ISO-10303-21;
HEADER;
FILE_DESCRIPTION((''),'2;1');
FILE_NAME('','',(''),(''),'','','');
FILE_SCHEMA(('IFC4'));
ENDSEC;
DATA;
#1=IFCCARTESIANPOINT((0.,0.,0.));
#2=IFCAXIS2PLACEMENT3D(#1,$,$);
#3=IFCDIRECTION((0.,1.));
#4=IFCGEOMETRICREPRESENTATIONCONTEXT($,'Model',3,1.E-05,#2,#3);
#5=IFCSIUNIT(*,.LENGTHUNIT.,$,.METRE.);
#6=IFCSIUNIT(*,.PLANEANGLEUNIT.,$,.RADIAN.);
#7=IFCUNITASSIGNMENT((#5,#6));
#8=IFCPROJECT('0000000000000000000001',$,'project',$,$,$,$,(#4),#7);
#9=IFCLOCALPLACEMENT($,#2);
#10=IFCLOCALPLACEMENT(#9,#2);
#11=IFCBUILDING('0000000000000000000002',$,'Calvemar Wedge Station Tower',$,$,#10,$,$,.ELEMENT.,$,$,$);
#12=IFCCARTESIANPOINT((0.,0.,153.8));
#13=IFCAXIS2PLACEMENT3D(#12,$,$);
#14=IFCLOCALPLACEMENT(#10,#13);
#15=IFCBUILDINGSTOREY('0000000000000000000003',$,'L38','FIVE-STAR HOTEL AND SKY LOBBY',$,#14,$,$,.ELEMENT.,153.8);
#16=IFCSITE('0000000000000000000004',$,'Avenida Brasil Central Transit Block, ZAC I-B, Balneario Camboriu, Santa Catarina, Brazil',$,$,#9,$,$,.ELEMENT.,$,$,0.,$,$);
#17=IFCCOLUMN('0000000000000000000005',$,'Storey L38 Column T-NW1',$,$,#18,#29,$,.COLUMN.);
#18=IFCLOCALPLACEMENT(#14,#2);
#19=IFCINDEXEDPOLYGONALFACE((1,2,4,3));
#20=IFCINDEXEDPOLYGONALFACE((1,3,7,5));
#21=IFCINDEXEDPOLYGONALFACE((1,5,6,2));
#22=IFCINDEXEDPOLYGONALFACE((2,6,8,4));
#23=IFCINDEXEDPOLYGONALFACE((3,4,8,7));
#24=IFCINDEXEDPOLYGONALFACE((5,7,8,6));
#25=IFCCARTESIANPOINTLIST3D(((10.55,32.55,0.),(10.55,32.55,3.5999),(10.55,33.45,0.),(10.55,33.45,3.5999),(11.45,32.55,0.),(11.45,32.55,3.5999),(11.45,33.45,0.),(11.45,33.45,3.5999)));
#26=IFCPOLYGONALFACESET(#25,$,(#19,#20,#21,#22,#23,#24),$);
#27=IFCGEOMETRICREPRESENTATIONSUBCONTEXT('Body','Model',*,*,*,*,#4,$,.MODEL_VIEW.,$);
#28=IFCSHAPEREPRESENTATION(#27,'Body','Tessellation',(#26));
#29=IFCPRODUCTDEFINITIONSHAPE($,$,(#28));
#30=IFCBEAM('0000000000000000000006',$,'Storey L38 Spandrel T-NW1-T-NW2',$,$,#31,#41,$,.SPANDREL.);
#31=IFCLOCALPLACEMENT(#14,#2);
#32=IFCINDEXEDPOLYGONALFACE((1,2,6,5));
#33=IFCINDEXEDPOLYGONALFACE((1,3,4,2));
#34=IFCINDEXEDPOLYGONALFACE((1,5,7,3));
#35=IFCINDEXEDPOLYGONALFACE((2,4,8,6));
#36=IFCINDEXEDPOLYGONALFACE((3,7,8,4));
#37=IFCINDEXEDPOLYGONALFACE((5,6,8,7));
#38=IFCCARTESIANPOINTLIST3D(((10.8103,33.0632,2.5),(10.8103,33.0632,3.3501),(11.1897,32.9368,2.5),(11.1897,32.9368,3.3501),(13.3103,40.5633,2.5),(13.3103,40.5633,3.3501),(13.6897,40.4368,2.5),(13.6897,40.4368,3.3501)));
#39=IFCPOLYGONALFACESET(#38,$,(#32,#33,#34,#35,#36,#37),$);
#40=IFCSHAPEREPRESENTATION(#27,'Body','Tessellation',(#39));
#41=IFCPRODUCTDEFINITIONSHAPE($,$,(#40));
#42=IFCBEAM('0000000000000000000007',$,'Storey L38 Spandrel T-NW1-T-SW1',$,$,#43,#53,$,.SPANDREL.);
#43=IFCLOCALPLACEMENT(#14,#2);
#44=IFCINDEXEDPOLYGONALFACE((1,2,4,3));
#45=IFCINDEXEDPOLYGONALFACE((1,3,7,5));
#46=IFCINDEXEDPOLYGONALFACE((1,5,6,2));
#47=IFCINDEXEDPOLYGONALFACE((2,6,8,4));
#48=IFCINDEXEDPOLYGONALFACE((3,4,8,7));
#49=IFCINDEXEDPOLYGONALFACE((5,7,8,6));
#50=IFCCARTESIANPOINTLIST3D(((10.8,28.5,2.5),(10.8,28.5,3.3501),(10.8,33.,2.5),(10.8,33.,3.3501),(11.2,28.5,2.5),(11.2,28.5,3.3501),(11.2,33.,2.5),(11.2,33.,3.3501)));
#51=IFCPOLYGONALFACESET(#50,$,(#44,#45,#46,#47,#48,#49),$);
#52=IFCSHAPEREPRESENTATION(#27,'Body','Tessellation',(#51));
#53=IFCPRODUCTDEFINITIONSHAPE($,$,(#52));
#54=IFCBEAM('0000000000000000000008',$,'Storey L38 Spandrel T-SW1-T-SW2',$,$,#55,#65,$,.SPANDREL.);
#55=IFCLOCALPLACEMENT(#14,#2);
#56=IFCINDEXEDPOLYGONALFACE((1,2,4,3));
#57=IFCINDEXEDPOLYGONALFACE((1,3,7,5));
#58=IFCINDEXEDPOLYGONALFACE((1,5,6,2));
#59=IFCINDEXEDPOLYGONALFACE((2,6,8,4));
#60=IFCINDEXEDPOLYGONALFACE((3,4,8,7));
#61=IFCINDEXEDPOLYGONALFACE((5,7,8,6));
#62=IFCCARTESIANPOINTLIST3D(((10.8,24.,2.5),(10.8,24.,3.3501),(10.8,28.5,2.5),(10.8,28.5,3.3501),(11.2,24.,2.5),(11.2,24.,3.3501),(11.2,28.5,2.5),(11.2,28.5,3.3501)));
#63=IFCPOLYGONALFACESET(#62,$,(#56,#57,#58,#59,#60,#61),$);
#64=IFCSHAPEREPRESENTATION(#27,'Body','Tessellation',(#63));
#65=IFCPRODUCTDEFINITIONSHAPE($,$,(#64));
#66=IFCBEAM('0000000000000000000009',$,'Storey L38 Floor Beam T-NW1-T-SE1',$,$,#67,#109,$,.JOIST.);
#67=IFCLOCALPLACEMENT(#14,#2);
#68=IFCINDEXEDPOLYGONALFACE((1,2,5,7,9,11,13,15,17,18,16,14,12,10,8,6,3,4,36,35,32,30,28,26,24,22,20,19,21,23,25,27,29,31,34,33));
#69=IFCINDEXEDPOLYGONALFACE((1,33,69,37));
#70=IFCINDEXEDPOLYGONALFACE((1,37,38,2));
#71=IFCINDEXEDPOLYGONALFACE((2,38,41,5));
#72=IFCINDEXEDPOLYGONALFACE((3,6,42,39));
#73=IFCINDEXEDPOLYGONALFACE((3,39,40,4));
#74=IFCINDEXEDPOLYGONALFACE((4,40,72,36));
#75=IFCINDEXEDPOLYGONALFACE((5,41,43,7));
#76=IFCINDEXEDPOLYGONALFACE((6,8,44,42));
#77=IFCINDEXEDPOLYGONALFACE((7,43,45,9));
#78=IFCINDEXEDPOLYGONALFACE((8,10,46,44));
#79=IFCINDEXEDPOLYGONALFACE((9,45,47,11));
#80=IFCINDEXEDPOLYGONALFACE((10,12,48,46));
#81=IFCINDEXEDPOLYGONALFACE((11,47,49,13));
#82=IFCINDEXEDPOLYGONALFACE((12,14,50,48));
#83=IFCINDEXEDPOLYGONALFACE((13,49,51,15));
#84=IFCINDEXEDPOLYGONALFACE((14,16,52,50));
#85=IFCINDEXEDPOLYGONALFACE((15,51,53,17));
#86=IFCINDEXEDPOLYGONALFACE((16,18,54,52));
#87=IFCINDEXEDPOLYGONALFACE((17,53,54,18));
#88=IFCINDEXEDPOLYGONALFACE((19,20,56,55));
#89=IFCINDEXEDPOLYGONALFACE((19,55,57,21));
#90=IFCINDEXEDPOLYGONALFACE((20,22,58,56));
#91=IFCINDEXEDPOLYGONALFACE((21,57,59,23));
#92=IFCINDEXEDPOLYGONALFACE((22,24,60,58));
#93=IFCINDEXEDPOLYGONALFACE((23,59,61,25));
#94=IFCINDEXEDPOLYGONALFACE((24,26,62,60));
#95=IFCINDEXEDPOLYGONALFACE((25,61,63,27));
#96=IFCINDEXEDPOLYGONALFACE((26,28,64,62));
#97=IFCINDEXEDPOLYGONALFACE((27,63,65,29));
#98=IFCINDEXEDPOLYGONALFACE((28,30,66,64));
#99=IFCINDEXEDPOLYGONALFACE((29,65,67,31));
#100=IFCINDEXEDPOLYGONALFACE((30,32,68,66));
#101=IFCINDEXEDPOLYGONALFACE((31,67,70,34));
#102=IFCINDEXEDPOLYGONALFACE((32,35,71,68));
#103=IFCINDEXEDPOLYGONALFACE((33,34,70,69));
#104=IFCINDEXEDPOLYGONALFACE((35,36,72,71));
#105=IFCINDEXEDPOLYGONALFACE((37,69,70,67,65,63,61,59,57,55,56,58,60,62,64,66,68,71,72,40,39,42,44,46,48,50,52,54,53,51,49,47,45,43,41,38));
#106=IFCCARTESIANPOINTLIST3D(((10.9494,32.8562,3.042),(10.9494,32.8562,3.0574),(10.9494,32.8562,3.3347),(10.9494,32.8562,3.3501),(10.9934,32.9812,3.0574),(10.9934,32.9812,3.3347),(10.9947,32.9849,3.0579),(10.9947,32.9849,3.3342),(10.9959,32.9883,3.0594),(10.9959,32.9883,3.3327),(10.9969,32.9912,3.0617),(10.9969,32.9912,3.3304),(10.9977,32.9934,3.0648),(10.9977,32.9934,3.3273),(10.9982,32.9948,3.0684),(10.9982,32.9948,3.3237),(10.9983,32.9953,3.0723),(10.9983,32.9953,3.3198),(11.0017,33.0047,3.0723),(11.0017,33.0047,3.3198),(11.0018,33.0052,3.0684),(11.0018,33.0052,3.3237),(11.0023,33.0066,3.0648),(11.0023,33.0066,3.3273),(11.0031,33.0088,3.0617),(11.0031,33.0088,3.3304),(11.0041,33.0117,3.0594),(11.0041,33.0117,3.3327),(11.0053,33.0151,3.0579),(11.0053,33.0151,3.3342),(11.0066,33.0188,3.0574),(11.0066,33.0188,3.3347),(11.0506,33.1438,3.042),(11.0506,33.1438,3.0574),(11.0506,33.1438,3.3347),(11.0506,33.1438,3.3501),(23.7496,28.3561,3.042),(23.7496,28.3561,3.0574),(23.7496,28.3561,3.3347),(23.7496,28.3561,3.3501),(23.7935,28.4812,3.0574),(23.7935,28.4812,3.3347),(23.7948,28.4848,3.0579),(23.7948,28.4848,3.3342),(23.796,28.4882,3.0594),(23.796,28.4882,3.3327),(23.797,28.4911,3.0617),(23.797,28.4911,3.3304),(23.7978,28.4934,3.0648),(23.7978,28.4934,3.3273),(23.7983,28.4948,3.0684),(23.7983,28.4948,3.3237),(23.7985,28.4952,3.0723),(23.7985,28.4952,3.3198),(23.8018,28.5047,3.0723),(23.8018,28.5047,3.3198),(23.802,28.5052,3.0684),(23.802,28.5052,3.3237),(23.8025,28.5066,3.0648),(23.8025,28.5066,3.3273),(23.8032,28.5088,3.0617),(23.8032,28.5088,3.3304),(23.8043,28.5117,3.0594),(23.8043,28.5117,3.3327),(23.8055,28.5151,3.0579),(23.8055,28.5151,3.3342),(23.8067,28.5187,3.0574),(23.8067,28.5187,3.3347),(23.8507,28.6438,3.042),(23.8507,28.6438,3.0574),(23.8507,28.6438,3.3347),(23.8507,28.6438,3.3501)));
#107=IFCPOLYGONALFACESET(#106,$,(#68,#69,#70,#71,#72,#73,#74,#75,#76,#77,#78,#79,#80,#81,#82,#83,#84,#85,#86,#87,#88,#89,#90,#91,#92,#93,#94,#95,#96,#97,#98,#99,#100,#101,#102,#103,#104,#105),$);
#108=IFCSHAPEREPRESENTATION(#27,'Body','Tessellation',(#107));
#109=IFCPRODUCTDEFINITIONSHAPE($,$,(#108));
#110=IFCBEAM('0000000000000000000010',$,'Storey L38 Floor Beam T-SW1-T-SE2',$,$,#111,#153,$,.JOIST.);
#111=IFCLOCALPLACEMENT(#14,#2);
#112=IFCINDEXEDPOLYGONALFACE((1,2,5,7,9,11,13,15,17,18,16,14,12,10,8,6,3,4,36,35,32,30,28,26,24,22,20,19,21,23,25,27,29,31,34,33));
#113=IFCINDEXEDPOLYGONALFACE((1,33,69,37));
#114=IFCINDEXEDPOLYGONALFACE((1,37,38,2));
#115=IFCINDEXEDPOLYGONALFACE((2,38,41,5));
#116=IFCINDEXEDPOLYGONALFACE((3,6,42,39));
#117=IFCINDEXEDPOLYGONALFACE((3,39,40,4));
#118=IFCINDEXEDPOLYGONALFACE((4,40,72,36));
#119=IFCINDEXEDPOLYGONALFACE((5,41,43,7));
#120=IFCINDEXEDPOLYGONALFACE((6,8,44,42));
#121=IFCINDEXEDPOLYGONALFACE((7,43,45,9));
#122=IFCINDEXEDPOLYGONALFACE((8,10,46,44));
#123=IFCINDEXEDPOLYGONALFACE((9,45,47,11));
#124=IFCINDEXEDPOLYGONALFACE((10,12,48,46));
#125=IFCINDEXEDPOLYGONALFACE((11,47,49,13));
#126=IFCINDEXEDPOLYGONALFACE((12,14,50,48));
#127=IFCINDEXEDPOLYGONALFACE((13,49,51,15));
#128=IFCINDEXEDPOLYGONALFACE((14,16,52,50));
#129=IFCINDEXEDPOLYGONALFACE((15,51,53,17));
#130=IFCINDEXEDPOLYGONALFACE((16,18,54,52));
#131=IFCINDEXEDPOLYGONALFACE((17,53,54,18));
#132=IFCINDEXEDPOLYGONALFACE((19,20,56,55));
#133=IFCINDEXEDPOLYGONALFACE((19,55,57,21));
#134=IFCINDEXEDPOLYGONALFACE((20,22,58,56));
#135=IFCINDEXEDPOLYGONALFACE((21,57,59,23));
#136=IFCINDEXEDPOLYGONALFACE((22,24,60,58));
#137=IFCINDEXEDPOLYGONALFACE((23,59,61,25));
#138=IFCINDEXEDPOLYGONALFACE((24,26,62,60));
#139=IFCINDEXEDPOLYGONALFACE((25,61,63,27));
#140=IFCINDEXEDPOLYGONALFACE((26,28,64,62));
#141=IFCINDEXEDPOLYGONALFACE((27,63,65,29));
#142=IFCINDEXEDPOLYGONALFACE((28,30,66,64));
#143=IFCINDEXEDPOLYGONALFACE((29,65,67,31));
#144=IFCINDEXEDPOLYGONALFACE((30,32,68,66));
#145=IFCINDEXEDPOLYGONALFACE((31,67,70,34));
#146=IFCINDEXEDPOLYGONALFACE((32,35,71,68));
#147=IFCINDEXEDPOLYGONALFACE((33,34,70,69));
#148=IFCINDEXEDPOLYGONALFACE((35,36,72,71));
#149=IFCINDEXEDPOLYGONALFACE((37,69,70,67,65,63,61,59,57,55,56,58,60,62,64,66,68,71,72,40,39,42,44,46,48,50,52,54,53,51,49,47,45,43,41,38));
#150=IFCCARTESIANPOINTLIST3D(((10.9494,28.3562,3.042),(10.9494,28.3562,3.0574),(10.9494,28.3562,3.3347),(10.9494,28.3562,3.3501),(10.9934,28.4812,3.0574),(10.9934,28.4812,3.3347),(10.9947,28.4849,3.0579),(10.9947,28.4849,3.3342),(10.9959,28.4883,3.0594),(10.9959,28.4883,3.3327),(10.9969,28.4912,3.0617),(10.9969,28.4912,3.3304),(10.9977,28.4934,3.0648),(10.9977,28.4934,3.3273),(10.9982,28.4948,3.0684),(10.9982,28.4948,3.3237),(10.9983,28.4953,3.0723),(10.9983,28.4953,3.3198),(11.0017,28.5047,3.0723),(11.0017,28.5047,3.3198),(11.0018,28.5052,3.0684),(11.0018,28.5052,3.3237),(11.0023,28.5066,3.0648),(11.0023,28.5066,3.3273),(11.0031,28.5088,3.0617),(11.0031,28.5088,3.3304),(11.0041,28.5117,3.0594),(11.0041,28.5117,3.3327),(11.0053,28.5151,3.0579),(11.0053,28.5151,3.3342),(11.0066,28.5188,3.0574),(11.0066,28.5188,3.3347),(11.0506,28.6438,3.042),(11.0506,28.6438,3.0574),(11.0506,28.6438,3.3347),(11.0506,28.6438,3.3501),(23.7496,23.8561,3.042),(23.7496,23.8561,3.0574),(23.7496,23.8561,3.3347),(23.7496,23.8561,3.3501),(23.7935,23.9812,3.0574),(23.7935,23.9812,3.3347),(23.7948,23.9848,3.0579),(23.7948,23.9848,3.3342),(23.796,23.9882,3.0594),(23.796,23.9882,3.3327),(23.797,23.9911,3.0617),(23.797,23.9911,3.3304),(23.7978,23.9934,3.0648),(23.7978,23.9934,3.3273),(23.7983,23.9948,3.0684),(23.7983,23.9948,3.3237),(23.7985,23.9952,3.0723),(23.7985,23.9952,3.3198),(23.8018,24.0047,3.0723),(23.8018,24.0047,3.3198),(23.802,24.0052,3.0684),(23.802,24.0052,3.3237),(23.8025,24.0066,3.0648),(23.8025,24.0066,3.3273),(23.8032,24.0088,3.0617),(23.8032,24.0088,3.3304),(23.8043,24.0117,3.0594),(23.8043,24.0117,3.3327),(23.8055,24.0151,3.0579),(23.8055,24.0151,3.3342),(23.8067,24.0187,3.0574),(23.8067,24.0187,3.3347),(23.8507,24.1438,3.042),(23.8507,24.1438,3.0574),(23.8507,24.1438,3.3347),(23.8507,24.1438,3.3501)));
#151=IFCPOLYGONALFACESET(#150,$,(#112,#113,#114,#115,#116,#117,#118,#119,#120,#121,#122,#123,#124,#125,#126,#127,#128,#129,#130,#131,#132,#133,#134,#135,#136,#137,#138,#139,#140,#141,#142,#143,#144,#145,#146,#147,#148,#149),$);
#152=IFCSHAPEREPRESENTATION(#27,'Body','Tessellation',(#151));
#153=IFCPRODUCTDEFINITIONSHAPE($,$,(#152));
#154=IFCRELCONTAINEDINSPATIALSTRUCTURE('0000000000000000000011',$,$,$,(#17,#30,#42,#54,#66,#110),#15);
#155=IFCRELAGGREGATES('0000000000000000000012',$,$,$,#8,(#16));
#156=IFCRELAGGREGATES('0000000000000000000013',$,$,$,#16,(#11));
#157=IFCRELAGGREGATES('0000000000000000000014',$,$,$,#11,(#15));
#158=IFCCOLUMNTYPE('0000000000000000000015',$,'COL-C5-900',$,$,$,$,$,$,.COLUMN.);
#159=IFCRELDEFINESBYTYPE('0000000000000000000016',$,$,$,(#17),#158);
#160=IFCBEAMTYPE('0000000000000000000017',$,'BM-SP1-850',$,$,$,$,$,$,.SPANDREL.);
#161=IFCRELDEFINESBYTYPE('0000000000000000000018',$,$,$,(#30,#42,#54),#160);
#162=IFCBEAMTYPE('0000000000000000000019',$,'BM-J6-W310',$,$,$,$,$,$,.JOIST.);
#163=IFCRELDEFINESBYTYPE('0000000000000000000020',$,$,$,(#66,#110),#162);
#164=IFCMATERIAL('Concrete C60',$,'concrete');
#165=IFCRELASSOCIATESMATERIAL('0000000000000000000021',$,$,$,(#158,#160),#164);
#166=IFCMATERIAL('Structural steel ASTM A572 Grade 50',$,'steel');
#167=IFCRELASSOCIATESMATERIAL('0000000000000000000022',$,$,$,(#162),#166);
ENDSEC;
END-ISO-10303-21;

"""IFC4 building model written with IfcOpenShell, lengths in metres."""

from ifc_helpers import new_model, si_unit, direction, frame, origin, origin_2d, place, context, subcontext, project, spatial, rectangle, i_section, extrude, source, transform, mapped, material, material_profile, profile_set, type_object, element, save


model = new_model("IFC4")

# Units and contexts
model_context = context("Model", 3, precision=1e-05, world=origin(), true_north=direction((0.0, 1.0)))
body_context = subcontext(model_context, "Body", "Model", "MODEL_VIEW")
ifc_project = project(units=[si_unit("LENGTHUNIT", "METRE"), si_unit("PLANEANGLEUNIT", "RADIAN")], contexts=[model_context])

# Site, building, storey
site_placement = place(None, origin())
site = spatial("IfcSite", under=ifc_project, at=site_placement, Name="Avenida Brasil Central Transit Block, ZAC I-B, Balneario Camboriu, Santa Catarina, Brazil", CompositionType="ELEMENT", RefElevation=0.0)
building_placement = place(site_placement, origin())
building = spatial("IfcBuilding", under=site, at=building_placement, Name="Calvemar Wedge Station Tower", CompositionType="ELEMENT")
storey_placement = place(building_placement, frame((0.0, 0.0, 153.8)))
storey = spatial("IfcBuildingStorey", under=building, at=storey_placement, Name="L38", Description="FIVE-STAR HOTEL AND SKY LOBBY", CompositionType="ELEMENT", Elevation=153.8)

# Column
ifc_material_1 = material(Name="Concrete C60", Category="concrete")
ifc_material_profile_1 = material_profile(ifc_material_1, rectangle(XDim=0.8999, YDim=0.8999, at=origin_2d()), Name="RC900x900")
ifc_profile_set_1 = profile_set([ifc_material_profile_1], Name="Concrete C60")
column_type = type_object("IfcColumnType", Name="COL-C5-900", PredefinedType="COLUMN", material=ifc_profile_set_1)
shared_shape_1 = source(origin(), body_context, "Body", "SweptSolid", [
    extrude(rectangle(XDim=0.8999, YDim=0.8999, at=origin_2d()), origin(), (0.0, 0.0, 1.0), 3.5999),
])
column_placement = place(storey_placement, frame((11.0, 33.0, 0.0), z_axis=(0.0, 0.0, 1.0), x_axis=(1.0, 0.0, 0.0)))
element("IfcColumn", 1, at=column_placement, inside=storey, type_object=column_type, Name="Storey L38 Column T-NW1", PredefinedType="COLUMN", context=body_context, shape_type="MappedRepresentation", body=[
    mapped(shared_shape_1, transform((0.0, 0.0, 0.0), scale=1.0)),
])

# Beams
ifc_material_profile_2 = material_profile(ifc_material_1, rectangle(XDim=0.3999, YDim=0.8501, at=origin_2d()), Name="RC400x850")
ifc_profile_set_2 = profile_set([ifc_material_profile_2], Name="Concrete C60")
beam_type_1 = type_object("IfcBeamType", Name="BM-SP1-850", PredefinedType="SPANDREL", material=ifc_profile_set_2)
shared_shape_2 = source(origin(), body_context, "Body", "SweptSolid", [
    extrude(rectangle(XDim=0.3999, YDim=0.8501, at=origin_2d()), origin(), (0.0, 0.0, 1.0), 7.9058),
])
beam_1_placement = place(storey_placement, frame((11.0, 33.0, 2.925), z_axis=(0.316228, 0.948683, 0.0), x_axis=(-0.948683, 0.316228, 0.0)))
element("IfcBeam", 2, at=beam_1_placement, inside=storey, type_object=beam_type_1, Name="Storey L38 Spandrel T-NW1-T-NW2", PredefinedType="SPANDREL", context=body_context, shape_type="MappedRepresentation", body=[
    mapped(shared_shape_2, transform((0.0, 0.0, 0.0), scale=1.0)),
])
shared_shape_3 = source(origin(), body_context, "Body", "SweptSolid", [
    extrude(rectangle(XDim=0.3999, YDim=0.8501, at=origin_2d()), origin(), (0.0, 0.0, 1.0), 4.5),
])
for number, where, z_axis, x_axis, name in (
    (3, (11.0, 33.0, 2.925), (0.0, -1.0, 0.0), (1.0, 0.0, 0.0), "Storey L38 Spandrel T-NW1-T-SW1"),
    (4, (11.0, 28.5, 2.925), (0.0, -1.0, 0.0), (1.0, 0.0, 0.0), "Storey L38 Spandrel T-SW1-T-SW2"),
):
    element("IfcBeam", number, at=place(storey_placement, frame(where, z_axis=z_axis, x_axis=x_axis)), inside=storey, type_object=beam_type_1, Name=name, PredefinedType="SPANDREL", context=body_context, shape_type="MappedRepresentation", body=[
        mapped(shared_shape_3, transform((0.0, 0.0, 0.0), scale=1.0)),
    ])
ifc_material_2 = material(Name="Structural steel ASTM A572 Grade 50", Category="steel")
ifc_material_profile_3 = material_profile(ifc_material_2, i_section(OverallWidth=0.3049, OverallDepth=0.3081, WebThickness=0.01, FlangeThickness=0.0154, FilletRadius=0.0149, at=origin_2d()), Name="W310x97")
ifc_profile_set_3 = profile_set([ifc_material_profile_3], Name="Structural steel ASTM A572 Grade 50")
beam_type_2 = type_object("IfcBeamType", Name="BM-J6-W310", PredefinedType="JOIST", material=ifc_profile_set_3)
shared_shape_4 = source(origin(), body_context, "Body", "SweptSolid", [
    extrude(i_section(OverallWidth=0.3049, OverallDepth=0.3081, WebThickness=0.01, FlangeThickness=0.0154, FilletRadius=0.0149, at=origin_2d()), origin(), (0.0, 0.0, 1.0), 13.5681),
])
for number, where, z_axis, x_axis, name in (
    (5, (11.0, 33.0, 3.196), (0.943398, -0.331662, 0.0), (0.331662, 0.943398, 0.0), "Storey L38 Floor Beam T-NW1-T-SE1"),
    (6, (11.0, 28.5, 3.196), (0.943398, -0.331662, 0.0), (0.331662, 0.943398, 0.0), "Storey L38 Floor Beam T-SW1-T-SE2"),
):
    element("IfcBeam", number, at=place(storey_placement, frame(where, z_axis=z_axis, x_axis=x_axis)), inside=storey, type_object=beam_type_2, Name=name, PredefinedType="JOIST", context=body_context, shape_type="MappedRepresentation", body=[
        mapped(shared_shape_4, transform((0.0, 0.0, 0.0), scale=1.0)),
    ])

save(model, "model.ifc")
